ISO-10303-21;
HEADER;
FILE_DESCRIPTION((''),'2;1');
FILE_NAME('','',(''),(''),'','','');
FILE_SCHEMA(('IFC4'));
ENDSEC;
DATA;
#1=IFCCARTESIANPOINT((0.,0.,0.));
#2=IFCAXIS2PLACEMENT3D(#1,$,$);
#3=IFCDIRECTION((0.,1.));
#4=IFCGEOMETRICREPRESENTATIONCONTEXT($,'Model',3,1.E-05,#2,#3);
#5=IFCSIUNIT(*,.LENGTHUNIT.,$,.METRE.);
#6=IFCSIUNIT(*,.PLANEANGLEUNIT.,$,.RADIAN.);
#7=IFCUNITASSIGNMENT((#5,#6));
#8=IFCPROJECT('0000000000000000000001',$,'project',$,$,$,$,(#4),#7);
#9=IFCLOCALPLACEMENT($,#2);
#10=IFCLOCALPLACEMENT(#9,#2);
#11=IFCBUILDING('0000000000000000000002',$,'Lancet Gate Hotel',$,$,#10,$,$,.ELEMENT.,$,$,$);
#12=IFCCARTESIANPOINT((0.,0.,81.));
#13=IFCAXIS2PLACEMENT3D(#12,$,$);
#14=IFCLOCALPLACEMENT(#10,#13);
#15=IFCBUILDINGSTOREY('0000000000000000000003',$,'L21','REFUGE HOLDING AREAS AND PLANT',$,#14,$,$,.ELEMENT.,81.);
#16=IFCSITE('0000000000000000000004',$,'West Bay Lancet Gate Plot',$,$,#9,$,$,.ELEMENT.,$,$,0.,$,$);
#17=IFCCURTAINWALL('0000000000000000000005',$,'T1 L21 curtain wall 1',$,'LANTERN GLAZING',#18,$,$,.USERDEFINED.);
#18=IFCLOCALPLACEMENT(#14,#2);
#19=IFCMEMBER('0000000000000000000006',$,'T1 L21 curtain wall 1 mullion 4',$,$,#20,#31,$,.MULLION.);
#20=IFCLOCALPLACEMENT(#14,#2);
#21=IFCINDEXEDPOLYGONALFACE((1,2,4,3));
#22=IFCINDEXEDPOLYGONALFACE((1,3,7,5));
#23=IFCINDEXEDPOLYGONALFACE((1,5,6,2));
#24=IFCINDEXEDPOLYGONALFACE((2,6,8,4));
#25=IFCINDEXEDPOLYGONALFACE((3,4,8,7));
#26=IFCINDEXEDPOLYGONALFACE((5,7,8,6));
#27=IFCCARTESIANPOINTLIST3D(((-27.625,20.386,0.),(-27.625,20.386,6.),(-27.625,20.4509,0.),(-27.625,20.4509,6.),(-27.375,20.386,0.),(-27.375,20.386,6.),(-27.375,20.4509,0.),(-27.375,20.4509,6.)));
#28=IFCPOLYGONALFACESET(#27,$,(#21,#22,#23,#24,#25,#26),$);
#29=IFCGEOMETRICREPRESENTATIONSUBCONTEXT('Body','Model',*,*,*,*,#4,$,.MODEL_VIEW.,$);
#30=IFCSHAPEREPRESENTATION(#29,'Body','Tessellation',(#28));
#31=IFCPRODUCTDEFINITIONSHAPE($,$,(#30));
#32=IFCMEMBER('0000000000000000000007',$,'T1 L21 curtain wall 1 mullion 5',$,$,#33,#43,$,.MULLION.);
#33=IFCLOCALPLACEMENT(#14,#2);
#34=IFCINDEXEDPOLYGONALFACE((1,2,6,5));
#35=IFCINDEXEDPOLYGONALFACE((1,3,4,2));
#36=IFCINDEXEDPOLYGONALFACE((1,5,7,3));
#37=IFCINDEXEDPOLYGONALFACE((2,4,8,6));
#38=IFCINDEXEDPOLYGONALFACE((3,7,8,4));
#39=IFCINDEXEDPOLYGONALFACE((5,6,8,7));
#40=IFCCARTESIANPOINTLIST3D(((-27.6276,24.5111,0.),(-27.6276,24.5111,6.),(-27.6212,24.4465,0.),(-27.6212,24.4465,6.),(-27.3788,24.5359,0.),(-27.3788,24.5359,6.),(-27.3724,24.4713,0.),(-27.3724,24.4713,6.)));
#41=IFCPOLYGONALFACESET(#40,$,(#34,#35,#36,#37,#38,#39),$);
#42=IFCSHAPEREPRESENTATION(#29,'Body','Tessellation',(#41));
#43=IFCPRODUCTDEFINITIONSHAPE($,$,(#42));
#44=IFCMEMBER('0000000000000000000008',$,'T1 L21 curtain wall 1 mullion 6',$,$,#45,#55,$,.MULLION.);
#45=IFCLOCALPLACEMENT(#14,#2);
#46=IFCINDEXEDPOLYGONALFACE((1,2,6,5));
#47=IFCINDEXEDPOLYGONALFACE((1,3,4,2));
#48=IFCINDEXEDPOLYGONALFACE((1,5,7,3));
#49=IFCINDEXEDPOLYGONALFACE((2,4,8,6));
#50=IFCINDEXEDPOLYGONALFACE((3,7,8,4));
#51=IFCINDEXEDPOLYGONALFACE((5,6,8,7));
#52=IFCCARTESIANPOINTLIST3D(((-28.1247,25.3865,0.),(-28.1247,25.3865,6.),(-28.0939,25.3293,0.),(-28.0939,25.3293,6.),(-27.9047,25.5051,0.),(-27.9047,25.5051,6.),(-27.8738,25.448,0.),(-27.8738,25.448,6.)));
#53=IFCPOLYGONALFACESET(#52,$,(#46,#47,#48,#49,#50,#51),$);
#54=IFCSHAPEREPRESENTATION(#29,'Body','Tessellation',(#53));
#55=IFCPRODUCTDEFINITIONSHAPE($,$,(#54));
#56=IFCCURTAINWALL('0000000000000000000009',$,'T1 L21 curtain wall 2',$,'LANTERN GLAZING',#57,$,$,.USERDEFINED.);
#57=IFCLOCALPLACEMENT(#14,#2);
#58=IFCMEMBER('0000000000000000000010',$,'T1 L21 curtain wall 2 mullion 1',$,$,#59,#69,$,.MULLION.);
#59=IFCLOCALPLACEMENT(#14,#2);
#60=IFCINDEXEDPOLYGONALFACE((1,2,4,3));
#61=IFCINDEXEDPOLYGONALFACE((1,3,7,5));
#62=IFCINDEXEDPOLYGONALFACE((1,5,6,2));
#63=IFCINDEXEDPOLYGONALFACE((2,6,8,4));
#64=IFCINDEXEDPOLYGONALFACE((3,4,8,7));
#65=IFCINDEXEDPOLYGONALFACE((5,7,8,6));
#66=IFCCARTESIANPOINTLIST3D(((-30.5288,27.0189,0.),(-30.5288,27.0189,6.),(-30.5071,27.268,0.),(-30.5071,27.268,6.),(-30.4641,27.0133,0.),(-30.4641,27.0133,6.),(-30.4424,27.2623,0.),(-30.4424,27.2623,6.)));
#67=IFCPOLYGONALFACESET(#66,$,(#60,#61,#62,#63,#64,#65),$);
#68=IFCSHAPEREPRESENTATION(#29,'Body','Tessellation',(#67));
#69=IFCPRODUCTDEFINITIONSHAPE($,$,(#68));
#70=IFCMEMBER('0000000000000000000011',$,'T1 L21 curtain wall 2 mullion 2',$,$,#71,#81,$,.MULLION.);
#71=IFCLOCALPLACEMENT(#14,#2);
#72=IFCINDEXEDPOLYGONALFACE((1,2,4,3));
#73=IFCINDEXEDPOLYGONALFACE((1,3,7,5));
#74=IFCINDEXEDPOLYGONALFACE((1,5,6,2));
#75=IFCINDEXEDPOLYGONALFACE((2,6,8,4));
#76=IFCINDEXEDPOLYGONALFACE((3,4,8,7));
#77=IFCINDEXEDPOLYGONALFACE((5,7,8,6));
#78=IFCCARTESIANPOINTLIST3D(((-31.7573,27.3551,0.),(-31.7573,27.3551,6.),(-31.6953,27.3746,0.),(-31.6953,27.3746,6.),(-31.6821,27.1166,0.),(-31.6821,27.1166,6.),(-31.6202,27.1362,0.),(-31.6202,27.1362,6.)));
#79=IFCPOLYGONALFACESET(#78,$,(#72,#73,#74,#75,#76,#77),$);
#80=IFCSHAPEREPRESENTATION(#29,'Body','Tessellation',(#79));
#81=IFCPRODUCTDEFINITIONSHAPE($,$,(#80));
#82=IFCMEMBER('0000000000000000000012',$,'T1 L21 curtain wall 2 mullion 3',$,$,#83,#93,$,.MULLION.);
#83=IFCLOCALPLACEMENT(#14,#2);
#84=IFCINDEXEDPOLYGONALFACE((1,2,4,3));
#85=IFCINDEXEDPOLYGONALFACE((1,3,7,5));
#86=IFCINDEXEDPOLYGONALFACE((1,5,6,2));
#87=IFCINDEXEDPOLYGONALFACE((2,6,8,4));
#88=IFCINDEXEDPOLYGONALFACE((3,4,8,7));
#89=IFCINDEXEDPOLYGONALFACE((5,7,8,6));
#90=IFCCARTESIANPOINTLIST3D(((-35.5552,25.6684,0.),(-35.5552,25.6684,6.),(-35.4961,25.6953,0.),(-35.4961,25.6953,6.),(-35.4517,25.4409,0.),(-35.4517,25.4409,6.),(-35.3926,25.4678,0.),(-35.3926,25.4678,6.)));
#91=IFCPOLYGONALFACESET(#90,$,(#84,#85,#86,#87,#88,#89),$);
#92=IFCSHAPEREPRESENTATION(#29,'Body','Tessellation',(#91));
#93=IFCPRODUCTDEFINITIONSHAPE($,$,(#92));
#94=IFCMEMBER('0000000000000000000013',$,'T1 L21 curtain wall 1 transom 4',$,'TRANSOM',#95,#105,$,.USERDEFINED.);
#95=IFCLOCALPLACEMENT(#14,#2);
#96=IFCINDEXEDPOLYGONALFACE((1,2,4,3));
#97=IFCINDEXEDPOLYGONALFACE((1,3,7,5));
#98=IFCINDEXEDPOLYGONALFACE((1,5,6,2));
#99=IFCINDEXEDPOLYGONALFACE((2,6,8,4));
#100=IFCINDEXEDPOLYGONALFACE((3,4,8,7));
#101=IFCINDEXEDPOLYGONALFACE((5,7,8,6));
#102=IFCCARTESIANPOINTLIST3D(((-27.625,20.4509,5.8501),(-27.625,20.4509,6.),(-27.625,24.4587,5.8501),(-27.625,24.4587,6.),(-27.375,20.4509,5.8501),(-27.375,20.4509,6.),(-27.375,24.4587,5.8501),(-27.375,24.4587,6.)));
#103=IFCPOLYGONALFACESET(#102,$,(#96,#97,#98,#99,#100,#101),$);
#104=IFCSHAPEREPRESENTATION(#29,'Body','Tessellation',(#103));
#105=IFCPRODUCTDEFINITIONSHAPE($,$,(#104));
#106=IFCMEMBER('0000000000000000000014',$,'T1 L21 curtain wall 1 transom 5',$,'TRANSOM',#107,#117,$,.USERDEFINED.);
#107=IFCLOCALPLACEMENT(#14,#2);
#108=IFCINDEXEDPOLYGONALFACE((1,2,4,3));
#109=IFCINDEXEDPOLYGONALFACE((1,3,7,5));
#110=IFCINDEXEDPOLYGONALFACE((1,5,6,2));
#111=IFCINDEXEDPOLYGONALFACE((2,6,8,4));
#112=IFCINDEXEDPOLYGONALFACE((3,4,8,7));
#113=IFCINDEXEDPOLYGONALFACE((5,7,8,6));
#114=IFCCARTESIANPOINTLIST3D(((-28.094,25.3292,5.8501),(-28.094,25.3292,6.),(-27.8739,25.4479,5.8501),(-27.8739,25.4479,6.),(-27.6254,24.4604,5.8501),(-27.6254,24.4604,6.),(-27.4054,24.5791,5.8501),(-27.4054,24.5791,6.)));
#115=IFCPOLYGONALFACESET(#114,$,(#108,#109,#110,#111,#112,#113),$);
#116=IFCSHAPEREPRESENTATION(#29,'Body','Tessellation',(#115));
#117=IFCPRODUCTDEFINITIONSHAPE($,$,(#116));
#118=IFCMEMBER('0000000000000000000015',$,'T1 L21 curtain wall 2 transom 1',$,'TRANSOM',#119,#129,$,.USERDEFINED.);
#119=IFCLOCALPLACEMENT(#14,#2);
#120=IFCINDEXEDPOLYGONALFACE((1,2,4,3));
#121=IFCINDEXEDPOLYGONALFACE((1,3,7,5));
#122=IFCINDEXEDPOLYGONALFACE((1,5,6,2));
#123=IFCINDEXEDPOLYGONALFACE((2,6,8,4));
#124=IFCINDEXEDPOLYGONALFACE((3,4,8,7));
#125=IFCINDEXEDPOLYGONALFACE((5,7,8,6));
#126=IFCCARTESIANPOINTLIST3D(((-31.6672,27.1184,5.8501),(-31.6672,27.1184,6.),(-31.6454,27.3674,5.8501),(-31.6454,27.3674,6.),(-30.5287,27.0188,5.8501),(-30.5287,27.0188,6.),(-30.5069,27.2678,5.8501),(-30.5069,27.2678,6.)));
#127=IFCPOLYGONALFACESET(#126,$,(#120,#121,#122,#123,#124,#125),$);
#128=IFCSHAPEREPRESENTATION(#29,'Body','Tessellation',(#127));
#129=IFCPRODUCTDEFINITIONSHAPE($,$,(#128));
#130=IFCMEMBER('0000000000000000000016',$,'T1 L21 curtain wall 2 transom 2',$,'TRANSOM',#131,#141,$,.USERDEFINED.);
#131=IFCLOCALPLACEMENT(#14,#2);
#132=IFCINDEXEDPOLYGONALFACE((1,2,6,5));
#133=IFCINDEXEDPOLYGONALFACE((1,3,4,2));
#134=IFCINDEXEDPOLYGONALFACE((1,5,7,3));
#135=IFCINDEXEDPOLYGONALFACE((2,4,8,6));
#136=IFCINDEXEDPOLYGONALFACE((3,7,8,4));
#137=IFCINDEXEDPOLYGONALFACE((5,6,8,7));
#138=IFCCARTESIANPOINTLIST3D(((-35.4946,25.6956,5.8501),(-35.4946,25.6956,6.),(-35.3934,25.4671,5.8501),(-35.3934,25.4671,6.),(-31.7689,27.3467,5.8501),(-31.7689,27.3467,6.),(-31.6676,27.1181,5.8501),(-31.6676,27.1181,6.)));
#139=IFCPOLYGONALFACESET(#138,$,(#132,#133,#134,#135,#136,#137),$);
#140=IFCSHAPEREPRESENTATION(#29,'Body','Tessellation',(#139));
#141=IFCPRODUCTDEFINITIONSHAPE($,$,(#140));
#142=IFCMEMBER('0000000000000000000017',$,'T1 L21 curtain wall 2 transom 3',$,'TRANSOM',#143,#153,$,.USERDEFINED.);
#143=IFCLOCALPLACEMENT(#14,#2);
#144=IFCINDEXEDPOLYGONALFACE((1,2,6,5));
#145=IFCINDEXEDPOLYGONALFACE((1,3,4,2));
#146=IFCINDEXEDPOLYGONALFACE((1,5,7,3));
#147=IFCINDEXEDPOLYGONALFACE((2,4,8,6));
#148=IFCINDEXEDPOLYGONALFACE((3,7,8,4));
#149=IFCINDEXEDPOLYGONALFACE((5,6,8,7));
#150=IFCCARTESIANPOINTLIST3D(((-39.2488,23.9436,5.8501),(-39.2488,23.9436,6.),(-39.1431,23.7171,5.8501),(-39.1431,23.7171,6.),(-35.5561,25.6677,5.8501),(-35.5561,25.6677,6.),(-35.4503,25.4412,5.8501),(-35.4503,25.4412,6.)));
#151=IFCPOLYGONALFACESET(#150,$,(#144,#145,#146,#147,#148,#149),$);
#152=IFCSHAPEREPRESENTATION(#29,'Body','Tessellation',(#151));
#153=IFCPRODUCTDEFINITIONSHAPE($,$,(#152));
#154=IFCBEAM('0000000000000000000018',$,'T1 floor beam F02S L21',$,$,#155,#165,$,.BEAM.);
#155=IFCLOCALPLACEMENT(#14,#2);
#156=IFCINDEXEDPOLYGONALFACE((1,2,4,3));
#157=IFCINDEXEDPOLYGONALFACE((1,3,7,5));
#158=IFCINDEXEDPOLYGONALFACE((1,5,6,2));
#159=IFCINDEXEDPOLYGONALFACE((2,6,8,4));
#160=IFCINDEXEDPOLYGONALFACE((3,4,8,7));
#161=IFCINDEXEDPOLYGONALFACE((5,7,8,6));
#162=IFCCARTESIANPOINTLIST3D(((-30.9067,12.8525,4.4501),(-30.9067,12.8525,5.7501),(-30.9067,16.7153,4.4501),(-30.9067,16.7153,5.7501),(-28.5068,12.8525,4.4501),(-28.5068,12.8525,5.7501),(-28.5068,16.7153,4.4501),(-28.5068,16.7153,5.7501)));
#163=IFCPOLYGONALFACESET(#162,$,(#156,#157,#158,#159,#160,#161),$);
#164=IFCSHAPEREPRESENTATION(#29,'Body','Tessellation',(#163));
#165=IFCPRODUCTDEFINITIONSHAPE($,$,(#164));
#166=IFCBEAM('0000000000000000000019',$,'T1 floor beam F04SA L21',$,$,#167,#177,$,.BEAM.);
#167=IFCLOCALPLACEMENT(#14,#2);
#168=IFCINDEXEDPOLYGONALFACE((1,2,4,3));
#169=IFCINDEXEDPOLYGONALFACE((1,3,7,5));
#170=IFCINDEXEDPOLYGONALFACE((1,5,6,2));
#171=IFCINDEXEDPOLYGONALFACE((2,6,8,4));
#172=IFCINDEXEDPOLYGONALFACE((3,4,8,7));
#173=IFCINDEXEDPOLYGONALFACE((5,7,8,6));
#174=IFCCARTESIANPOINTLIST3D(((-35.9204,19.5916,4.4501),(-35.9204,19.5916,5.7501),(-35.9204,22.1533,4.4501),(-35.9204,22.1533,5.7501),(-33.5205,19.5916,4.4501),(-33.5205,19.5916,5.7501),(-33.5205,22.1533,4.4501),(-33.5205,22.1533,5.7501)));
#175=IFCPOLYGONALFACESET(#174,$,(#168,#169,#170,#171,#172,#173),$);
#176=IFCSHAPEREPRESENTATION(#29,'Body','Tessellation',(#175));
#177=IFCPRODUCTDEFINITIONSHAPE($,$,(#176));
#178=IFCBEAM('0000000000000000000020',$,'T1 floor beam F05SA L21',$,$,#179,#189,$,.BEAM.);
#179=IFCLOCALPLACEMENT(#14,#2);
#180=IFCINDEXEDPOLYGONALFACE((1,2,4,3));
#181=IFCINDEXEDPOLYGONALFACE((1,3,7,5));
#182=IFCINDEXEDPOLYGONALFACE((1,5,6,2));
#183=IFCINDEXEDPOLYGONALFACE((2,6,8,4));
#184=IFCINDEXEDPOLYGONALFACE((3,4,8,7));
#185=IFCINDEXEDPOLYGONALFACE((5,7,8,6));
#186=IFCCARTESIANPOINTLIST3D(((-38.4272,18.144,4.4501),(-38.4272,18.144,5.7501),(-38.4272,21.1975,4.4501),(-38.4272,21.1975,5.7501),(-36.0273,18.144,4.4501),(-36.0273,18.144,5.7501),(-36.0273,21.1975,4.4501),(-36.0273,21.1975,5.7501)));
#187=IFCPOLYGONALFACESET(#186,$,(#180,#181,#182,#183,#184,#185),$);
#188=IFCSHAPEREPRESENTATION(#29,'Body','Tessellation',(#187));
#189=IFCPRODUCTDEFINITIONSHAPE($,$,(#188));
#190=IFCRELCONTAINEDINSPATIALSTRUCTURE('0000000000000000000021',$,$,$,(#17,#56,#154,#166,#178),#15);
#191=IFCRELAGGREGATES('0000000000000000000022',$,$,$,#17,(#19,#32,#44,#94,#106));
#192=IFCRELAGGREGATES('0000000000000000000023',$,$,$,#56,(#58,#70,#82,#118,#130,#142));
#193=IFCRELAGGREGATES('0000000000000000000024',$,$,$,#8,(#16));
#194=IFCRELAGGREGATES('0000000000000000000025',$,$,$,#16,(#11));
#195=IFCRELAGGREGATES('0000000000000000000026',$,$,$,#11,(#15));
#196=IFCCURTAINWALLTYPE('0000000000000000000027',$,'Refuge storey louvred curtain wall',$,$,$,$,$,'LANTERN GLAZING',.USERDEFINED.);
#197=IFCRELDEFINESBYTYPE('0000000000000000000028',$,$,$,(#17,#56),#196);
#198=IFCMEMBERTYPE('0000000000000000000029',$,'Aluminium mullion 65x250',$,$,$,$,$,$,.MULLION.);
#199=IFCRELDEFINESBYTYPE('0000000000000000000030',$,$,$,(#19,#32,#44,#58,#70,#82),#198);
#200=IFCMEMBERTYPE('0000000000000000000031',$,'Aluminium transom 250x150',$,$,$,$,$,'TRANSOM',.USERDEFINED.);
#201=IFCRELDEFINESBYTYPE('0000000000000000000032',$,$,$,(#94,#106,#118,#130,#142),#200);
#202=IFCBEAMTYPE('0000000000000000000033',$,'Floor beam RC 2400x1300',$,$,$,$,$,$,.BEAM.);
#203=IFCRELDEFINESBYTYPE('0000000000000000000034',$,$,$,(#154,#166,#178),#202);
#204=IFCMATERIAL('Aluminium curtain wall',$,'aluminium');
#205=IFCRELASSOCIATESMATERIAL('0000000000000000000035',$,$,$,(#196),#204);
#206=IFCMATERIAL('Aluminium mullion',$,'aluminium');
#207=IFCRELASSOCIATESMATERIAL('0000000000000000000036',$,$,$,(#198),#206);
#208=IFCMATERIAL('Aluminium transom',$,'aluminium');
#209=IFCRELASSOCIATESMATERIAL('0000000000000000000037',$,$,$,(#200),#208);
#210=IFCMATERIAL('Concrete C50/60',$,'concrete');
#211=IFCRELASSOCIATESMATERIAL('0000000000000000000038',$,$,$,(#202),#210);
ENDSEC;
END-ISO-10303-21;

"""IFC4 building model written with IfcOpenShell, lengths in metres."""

from ifc_helpers import new_model, si_unit, direction, frame, origin, origin_2d, place, context, subcontext, project, spatial, rectangle, extrude, material, material_profile, profile_set, type_object, element, aggregate, save


model = new_model("IFC4")

# Units and contexts
model_context = context("Model", 3, precision=1e-05, world=origin(), true_north=direction((0.0, 1.0)))
body_context = subcontext(model_context, "Body", "Model", "MODEL_VIEW")
ifc_project = project(units=[si_unit("LENGTHUNIT", "METRE"), si_unit("PLANEANGLEUNIT", "RADIAN")], contexts=[model_context])

# Site, building, storey
site_placement = place(None, origin())
site = spatial("IfcSite", under=ifc_project, at=site_placement, Name="West Bay Lancet Gate Plot", CompositionType="ELEMENT", RefElevation=0.0)
building_placement = place(site_placement, origin())
building = spatial("IfcBuilding", under=site, at=building_placement, Name="Lancet Gate Hotel", CompositionType="ELEMENT")
storey_placement = place(building_placement, frame((0.0, 0.0, 81.0)))
storey = spatial("IfcBuildingStorey", under=building, at=storey_placement, Name="L21", Description="REFUGE HOLDING AREAS AND PLANT", CompositionType="ELEMENT", Elevation=81.0)

# Curtain walls, members
ifc_material_1 = material(Name="Aluminium curtain wall", Category="aluminium")
curtain_wall_type = type_object("IfcCurtainWallType", Name="Refuge storey louvred curtain wall", ElementType="LANTERN GLAZING", PredefinedType="USERDEFINED", material=ifc_material_1)
curtain_wall_1_placement = place(storey_placement, origin())
curtain_wall_1 = element("IfcCurtainWall", 1, at=curtain_wall_1_placement, inside=storey, type_object=curtain_wall_type, Name="T1 L21 curtain wall 1", ObjectType="LANTERN GLAZING", PredefinedType="USERDEFINED")
ifc_material_2 = material(Name="Aluminium mullion", Category="aluminium")
ifc_material_profile_1 = material_profile(ifc_material_2, rectangle(XDim=0.0649, YDim=0.25, at=origin_2d()), Name="MULLION 65x250")
ifc_profile_set_1 = profile_set([ifc_material_profile_1], Name="Aluminium mullion")
member_type_1 = type_object("IfcMemberType", Name="Aluminium mullion 65x250", PredefinedType="MULLION", material=ifc_profile_set_1)
member_1_placement = place(storey_placement, frame((-27.5, 20.4185, 0.0), z_axis=(0.0, 0.0, 1.0), x_axis=(0.0, 1.0, 0.0)))
member_1 = element("IfcMember", 2, at=member_1_placement, type_object=member_type_1, Name="T1 L21 curtain wall 1 mullion 4", PredefinedType="MULLION", context=body_context, shape_type="SweptSolid", body=[
    extrude(rectangle(XDim=0.0649, YDim=0.25, at=origin_2d()), origin(), (0.0, 0.0, 1.0), 6.0),
])
member_2_placement = place(storey_placement, frame((-27.5, 24.4912, 0.0), z_axis=(0.0, 0.0, 1.0), x_axis=(-0.099392, 0.995048, 0.0)))
member_2 = element("IfcMember", 3, at=member_2_placement, type_object=member_type_1, Name="T1 L21 curtain wall 1 mullion 5", PredefinedType="MULLION", context=body_context, shape_type="SweptSolid", body=[
    extrude(rectangle(XDim=0.0649, YDim=0.25, at=origin_2d()), origin(), (0.0, 0.0, 1.0), 6.0),
])
member_3_placement = place(storey_placement, frame((-27.9993, 25.4172, 0.0), z_axis=(0.0, 0.0, 1.0), x_axis=(-0.474631, 0.880185, 0.0)))
member_3 = element("IfcMember", 4, at=member_3_placement, type_object=member_type_1, Name="T1 L21 curtain wall 1 mullion 6", PredefinedType="MULLION", context=body_context, shape_type="SweptSolid", body=[
    extrude(rectangle(XDim=0.0649, YDim=0.25, at=origin_2d()), origin(), (0.0, 0.0, 1.0), 6.0),
])
curtain_wall_2_placement = place(storey_placement, origin())
curtain_wall_2 = element("IfcCurtainWall", 5, at=curtain_wall_2_placement, inside=storey, type_object=curtain_wall_type, Name="T1 L21 curtain wall 2", ObjectType="LANTERN GLAZING", PredefinedType="USERDEFINED")
member_4_placement = place(storey_placement, frame((-30.4856, 27.1406, 0.0), z_axis=(0.0, 0.0, 1.0), x_axis=(-0.996204, 0.087052, 0.0)))
member_4 = element("IfcMember", 6, at=member_4_placement, type_object=member_type_1, Name="T1 L21 curtain wall 2 mullion 1", PredefinedType="MULLION", context=body_context, shape_type="SweptSolid", body=[
    extrude(rectangle(XDim=0.0649, YDim=0.25, at=origin_2d()), origin(), (0.0, 0.0, 1.0), 6.0),
])
member_5_placement = place(storey_placement, frame((-31.6887, 27.2456, 0.0), z_axis=(0.0, 0.0, 1.0), x_axis=(-0.953737, -0.300643, 0.0)))
member_5 = element("IfcMember", 7, at=member_5_placement, type_object=member_type_1, Name="T1 L21 curtain wall 2 mullion 2", PredefinedType="MULLION", context=body_context, shape_type="SweptSolid", body=[
    extrude(rectangle(XDim=0.0649, YDim=0.25, at=origin_2d()), origin(), (0.0, 0.0, 1.0), 6.0),
])
member_6_placement = place(storey_placement, frame((-35.4739, 25.5681, 0.0), z_axis=(0.0, 0.0, 1.0), x_axis=(-0.91022, -0.414126, 0.0)))
member_6 = element("IfcMember", 8, at=member_6_placement, type_object=member_type_1, Name="T1 L21 curtain wall 2 mullion 3", PredefinedType="MULLION", context=body_context, shape_type="SweptSolid", body=[
    extrude(rectangle(XDim=0.0649, YDim=0.25, at=origin_2d()), origin(), (0.0, 0.0, 1.0), 6.0),
])

# Members
ifc_material_3 = material(Name="Aluminium transom", Category="aluminium")
ifc_material_profile_2 = material_profile(ifc_material_3, rectangle(XDim=0.25, YDim=0.1499, at=origin_2d()), Name="TRANSOM 250x150")
ifc_profile_set_2 = profile_set([ifc_material_profile_2], Name="Aluminium transom")
member_type_2 = type_object("IfcMemberType", Name="Aluminium transom 250x150", ElementType="TRANSOM", PredefinedType="USERDEFINED", material=ifc_profile_set_2)
member_7_placement = place(storey_placement, frame((-27.5, 20.4509, 5.925), z_axis=(0.0, 1.0, 0.0), x_axis=(-1.0, 0.0, 0.0)))
member_7 = element("IfcMember", 9, at=member_7_placement, type_object=member_type_2, Name="T1 L21 curtain wall 1 transom 4", ObjectType="TRANSOM", PredefinedType="USERDEFINED", context=body_context, shape_type="SweptSolid", body=[
    extrude(rectangle(XDim=0.25, YDim=0.1499, at=origin_2d()), origin(), (0.0, 0.0, 1.0), 4.0078),
])
member_8_placement = place(storey_placement, frame((-27.5154, 24.5198, 5.925), z_axis=(-0.474705, 0.880145, 0.0), x_axis=(-0.880145, -0.474705, 0.0)))
member_8 = element("IfcMember", 10, at=member_8_placement, type_object=member_type_2, Name="T1 L21 curtain wall 1 transom 5", ObjectType="TRANSOM", PredefinedType="USERDEFINED", context=body_context, shape_type="SweptSolid", body=[
    extrude(rectangle(XDim=0.25, YDim=0.1499, at=origin_2d()), origin(), (0.0, 0.0, 1.0), 0.9871),
])
member_9_placement = place(storey_placement, frame((-30.5178, 27.1433, 5.925), z_axis=(-0.996194, 0.087164, 0.0), x_axis=(-0.087164, -0.996194, 0.0)))
member_9 = element("IfcMember", 11, at=member_9_placement, type_object=member_type_2, Name="T1 L21 curtain wall 2 transom 1", ObjectType="TRANSOM", PredefinedType="USERDEFINED", context=body_context, shape_type="SweptSolid", body=[
    extrude(rectangle(XDim=0.25, YDim=0.1499, at=origin_2d()), origin(), (0.0, 0.0, 1.0), 1.1428),
])
member_10_placement = place(storey_placement, frame((-31.7183, 27.2324, 5.925), z_axis=(-0.914248, -0.405154, 0.0), x_axis=(0.405154, -0.914248, 0.0)))
member_10 = element("IfcMember", 12, at=member_10_placement, type_object=member_type_2, Name="T1 L21 curtain wall 2 transom 2", ObjectType="TRANSOM", PredefinedType="USERDEFINED", context=body_context, shape_type="SweptSolid", body=[
    extrude(rectangle(XDim=0.25, YDim=0.1499, at=origin_2d()), origin(), (0.0, 0.0, 1.0), 4.0752),
])
member_11_placement = place(storey_placement, frame((-35.5032, 25.5544, 5.925), z_axis=(-0.90611, -0.423043, 0.0), x_axis=(0.423043, -0.90611, 0.0)))
member_11 = element("IfcMember", 13, at=member_11_placement, type_object=member_type_2, Name="T1 L21 curtain wall 2 transom 3", ObjectType="TRANSOM", PredefinedType="USERDEFINED", context=body_context, shape_type="SweptSolid", body=[
    extrude(rectangle(XDim=0.25, YDim=0.1499, at=origin_2d()), origin(), (0.0, 0.0, 1.0), 4.0754),
])

# Beams
ifc_material_4 = material(Name="Concrete C50/60", Category="concrete")
ifc_material_profile_3 = material_profile(ifc_material_4, rectangle(XDim=2.3999, YDim=1.3, at=origin_2d()), Name="RC 2400x1300")
ifc_profile_set_3 = profile_set([ifc_material_profile_3], Name="Concrete C50/60")
beam_type_1 = type_object("IfcBeamType", Name="Floor beam RC 2400x1300", PredefinedType="BEAM", material=ifc_profile_set_3)
beam_1_placement = place(storey_placement, frame((-29.7068, 16.7153, 5.1001), z_axis=(0.0, -1.0, 0.0), x_axis=(1.0, 0.0, 0.0)))
element("IfcBeam", 14, at=beam_1_placement, inside=storey, type_object=beam_type_1, Name="T1 floor beam F02S L21", PredefinedType="BEAM", context=body_context, shape_type="SweptSolid", body=[
    extrude(rectangle(XDim=2.3999, YDim=1.3, at=origin_2d()), origin(), (0.0, 0.0, 1.0), 3.8628),
])
beam_2_placement = place(storey_placement, frame((-34.7205, 22.1533, 5.1001), z_axis=(0.0, -1.0, 0.0), x_axis=(1.0, 0.0, 0.0)))
element("IfcBeam", 15, at=beam_2_placement, inside=storey, type_object=beam_type_1, Name="T1 floor beam F04SA L21", PredefinedType="BEAM", context=body_context, shape_type="SweptSolid", body=[
    extrude(rectangle(XDim=2.3999, YDim=1.3, at=origin_2d()), origin(), (0.0, 0.0, 1.0), 2.5618),
])
beam_3_placement = place(storey_placement, frame((-37.2273, 21.1975, 5.1001), z_axis=(0.0, -1.0, 0.0), x_axis=(1.0, 0.0, 0.0)))
element("IfcBeam", 16, at=beam_3_placement, inside=storey, type_object=beam_type_1, Name="T1 floor beam F05SA L21", PredefinedType="BEAM", context=body_context, shape_type="SweptSolid", body=[
    extrude(rectangle(XDim=2.3999, YDim=1.3, at=origin_2d()), origin(), (0.0, 0.0, 1.0), 3.0535),
])

aggregate(curtain_wall_1, [member_1, member_2, member_3, member_7, member_8])
aggregate(curtain_wall_2, [member_4, member_5, member_6, member_9, member_10, member_11])

save(model, "model.ifc")
